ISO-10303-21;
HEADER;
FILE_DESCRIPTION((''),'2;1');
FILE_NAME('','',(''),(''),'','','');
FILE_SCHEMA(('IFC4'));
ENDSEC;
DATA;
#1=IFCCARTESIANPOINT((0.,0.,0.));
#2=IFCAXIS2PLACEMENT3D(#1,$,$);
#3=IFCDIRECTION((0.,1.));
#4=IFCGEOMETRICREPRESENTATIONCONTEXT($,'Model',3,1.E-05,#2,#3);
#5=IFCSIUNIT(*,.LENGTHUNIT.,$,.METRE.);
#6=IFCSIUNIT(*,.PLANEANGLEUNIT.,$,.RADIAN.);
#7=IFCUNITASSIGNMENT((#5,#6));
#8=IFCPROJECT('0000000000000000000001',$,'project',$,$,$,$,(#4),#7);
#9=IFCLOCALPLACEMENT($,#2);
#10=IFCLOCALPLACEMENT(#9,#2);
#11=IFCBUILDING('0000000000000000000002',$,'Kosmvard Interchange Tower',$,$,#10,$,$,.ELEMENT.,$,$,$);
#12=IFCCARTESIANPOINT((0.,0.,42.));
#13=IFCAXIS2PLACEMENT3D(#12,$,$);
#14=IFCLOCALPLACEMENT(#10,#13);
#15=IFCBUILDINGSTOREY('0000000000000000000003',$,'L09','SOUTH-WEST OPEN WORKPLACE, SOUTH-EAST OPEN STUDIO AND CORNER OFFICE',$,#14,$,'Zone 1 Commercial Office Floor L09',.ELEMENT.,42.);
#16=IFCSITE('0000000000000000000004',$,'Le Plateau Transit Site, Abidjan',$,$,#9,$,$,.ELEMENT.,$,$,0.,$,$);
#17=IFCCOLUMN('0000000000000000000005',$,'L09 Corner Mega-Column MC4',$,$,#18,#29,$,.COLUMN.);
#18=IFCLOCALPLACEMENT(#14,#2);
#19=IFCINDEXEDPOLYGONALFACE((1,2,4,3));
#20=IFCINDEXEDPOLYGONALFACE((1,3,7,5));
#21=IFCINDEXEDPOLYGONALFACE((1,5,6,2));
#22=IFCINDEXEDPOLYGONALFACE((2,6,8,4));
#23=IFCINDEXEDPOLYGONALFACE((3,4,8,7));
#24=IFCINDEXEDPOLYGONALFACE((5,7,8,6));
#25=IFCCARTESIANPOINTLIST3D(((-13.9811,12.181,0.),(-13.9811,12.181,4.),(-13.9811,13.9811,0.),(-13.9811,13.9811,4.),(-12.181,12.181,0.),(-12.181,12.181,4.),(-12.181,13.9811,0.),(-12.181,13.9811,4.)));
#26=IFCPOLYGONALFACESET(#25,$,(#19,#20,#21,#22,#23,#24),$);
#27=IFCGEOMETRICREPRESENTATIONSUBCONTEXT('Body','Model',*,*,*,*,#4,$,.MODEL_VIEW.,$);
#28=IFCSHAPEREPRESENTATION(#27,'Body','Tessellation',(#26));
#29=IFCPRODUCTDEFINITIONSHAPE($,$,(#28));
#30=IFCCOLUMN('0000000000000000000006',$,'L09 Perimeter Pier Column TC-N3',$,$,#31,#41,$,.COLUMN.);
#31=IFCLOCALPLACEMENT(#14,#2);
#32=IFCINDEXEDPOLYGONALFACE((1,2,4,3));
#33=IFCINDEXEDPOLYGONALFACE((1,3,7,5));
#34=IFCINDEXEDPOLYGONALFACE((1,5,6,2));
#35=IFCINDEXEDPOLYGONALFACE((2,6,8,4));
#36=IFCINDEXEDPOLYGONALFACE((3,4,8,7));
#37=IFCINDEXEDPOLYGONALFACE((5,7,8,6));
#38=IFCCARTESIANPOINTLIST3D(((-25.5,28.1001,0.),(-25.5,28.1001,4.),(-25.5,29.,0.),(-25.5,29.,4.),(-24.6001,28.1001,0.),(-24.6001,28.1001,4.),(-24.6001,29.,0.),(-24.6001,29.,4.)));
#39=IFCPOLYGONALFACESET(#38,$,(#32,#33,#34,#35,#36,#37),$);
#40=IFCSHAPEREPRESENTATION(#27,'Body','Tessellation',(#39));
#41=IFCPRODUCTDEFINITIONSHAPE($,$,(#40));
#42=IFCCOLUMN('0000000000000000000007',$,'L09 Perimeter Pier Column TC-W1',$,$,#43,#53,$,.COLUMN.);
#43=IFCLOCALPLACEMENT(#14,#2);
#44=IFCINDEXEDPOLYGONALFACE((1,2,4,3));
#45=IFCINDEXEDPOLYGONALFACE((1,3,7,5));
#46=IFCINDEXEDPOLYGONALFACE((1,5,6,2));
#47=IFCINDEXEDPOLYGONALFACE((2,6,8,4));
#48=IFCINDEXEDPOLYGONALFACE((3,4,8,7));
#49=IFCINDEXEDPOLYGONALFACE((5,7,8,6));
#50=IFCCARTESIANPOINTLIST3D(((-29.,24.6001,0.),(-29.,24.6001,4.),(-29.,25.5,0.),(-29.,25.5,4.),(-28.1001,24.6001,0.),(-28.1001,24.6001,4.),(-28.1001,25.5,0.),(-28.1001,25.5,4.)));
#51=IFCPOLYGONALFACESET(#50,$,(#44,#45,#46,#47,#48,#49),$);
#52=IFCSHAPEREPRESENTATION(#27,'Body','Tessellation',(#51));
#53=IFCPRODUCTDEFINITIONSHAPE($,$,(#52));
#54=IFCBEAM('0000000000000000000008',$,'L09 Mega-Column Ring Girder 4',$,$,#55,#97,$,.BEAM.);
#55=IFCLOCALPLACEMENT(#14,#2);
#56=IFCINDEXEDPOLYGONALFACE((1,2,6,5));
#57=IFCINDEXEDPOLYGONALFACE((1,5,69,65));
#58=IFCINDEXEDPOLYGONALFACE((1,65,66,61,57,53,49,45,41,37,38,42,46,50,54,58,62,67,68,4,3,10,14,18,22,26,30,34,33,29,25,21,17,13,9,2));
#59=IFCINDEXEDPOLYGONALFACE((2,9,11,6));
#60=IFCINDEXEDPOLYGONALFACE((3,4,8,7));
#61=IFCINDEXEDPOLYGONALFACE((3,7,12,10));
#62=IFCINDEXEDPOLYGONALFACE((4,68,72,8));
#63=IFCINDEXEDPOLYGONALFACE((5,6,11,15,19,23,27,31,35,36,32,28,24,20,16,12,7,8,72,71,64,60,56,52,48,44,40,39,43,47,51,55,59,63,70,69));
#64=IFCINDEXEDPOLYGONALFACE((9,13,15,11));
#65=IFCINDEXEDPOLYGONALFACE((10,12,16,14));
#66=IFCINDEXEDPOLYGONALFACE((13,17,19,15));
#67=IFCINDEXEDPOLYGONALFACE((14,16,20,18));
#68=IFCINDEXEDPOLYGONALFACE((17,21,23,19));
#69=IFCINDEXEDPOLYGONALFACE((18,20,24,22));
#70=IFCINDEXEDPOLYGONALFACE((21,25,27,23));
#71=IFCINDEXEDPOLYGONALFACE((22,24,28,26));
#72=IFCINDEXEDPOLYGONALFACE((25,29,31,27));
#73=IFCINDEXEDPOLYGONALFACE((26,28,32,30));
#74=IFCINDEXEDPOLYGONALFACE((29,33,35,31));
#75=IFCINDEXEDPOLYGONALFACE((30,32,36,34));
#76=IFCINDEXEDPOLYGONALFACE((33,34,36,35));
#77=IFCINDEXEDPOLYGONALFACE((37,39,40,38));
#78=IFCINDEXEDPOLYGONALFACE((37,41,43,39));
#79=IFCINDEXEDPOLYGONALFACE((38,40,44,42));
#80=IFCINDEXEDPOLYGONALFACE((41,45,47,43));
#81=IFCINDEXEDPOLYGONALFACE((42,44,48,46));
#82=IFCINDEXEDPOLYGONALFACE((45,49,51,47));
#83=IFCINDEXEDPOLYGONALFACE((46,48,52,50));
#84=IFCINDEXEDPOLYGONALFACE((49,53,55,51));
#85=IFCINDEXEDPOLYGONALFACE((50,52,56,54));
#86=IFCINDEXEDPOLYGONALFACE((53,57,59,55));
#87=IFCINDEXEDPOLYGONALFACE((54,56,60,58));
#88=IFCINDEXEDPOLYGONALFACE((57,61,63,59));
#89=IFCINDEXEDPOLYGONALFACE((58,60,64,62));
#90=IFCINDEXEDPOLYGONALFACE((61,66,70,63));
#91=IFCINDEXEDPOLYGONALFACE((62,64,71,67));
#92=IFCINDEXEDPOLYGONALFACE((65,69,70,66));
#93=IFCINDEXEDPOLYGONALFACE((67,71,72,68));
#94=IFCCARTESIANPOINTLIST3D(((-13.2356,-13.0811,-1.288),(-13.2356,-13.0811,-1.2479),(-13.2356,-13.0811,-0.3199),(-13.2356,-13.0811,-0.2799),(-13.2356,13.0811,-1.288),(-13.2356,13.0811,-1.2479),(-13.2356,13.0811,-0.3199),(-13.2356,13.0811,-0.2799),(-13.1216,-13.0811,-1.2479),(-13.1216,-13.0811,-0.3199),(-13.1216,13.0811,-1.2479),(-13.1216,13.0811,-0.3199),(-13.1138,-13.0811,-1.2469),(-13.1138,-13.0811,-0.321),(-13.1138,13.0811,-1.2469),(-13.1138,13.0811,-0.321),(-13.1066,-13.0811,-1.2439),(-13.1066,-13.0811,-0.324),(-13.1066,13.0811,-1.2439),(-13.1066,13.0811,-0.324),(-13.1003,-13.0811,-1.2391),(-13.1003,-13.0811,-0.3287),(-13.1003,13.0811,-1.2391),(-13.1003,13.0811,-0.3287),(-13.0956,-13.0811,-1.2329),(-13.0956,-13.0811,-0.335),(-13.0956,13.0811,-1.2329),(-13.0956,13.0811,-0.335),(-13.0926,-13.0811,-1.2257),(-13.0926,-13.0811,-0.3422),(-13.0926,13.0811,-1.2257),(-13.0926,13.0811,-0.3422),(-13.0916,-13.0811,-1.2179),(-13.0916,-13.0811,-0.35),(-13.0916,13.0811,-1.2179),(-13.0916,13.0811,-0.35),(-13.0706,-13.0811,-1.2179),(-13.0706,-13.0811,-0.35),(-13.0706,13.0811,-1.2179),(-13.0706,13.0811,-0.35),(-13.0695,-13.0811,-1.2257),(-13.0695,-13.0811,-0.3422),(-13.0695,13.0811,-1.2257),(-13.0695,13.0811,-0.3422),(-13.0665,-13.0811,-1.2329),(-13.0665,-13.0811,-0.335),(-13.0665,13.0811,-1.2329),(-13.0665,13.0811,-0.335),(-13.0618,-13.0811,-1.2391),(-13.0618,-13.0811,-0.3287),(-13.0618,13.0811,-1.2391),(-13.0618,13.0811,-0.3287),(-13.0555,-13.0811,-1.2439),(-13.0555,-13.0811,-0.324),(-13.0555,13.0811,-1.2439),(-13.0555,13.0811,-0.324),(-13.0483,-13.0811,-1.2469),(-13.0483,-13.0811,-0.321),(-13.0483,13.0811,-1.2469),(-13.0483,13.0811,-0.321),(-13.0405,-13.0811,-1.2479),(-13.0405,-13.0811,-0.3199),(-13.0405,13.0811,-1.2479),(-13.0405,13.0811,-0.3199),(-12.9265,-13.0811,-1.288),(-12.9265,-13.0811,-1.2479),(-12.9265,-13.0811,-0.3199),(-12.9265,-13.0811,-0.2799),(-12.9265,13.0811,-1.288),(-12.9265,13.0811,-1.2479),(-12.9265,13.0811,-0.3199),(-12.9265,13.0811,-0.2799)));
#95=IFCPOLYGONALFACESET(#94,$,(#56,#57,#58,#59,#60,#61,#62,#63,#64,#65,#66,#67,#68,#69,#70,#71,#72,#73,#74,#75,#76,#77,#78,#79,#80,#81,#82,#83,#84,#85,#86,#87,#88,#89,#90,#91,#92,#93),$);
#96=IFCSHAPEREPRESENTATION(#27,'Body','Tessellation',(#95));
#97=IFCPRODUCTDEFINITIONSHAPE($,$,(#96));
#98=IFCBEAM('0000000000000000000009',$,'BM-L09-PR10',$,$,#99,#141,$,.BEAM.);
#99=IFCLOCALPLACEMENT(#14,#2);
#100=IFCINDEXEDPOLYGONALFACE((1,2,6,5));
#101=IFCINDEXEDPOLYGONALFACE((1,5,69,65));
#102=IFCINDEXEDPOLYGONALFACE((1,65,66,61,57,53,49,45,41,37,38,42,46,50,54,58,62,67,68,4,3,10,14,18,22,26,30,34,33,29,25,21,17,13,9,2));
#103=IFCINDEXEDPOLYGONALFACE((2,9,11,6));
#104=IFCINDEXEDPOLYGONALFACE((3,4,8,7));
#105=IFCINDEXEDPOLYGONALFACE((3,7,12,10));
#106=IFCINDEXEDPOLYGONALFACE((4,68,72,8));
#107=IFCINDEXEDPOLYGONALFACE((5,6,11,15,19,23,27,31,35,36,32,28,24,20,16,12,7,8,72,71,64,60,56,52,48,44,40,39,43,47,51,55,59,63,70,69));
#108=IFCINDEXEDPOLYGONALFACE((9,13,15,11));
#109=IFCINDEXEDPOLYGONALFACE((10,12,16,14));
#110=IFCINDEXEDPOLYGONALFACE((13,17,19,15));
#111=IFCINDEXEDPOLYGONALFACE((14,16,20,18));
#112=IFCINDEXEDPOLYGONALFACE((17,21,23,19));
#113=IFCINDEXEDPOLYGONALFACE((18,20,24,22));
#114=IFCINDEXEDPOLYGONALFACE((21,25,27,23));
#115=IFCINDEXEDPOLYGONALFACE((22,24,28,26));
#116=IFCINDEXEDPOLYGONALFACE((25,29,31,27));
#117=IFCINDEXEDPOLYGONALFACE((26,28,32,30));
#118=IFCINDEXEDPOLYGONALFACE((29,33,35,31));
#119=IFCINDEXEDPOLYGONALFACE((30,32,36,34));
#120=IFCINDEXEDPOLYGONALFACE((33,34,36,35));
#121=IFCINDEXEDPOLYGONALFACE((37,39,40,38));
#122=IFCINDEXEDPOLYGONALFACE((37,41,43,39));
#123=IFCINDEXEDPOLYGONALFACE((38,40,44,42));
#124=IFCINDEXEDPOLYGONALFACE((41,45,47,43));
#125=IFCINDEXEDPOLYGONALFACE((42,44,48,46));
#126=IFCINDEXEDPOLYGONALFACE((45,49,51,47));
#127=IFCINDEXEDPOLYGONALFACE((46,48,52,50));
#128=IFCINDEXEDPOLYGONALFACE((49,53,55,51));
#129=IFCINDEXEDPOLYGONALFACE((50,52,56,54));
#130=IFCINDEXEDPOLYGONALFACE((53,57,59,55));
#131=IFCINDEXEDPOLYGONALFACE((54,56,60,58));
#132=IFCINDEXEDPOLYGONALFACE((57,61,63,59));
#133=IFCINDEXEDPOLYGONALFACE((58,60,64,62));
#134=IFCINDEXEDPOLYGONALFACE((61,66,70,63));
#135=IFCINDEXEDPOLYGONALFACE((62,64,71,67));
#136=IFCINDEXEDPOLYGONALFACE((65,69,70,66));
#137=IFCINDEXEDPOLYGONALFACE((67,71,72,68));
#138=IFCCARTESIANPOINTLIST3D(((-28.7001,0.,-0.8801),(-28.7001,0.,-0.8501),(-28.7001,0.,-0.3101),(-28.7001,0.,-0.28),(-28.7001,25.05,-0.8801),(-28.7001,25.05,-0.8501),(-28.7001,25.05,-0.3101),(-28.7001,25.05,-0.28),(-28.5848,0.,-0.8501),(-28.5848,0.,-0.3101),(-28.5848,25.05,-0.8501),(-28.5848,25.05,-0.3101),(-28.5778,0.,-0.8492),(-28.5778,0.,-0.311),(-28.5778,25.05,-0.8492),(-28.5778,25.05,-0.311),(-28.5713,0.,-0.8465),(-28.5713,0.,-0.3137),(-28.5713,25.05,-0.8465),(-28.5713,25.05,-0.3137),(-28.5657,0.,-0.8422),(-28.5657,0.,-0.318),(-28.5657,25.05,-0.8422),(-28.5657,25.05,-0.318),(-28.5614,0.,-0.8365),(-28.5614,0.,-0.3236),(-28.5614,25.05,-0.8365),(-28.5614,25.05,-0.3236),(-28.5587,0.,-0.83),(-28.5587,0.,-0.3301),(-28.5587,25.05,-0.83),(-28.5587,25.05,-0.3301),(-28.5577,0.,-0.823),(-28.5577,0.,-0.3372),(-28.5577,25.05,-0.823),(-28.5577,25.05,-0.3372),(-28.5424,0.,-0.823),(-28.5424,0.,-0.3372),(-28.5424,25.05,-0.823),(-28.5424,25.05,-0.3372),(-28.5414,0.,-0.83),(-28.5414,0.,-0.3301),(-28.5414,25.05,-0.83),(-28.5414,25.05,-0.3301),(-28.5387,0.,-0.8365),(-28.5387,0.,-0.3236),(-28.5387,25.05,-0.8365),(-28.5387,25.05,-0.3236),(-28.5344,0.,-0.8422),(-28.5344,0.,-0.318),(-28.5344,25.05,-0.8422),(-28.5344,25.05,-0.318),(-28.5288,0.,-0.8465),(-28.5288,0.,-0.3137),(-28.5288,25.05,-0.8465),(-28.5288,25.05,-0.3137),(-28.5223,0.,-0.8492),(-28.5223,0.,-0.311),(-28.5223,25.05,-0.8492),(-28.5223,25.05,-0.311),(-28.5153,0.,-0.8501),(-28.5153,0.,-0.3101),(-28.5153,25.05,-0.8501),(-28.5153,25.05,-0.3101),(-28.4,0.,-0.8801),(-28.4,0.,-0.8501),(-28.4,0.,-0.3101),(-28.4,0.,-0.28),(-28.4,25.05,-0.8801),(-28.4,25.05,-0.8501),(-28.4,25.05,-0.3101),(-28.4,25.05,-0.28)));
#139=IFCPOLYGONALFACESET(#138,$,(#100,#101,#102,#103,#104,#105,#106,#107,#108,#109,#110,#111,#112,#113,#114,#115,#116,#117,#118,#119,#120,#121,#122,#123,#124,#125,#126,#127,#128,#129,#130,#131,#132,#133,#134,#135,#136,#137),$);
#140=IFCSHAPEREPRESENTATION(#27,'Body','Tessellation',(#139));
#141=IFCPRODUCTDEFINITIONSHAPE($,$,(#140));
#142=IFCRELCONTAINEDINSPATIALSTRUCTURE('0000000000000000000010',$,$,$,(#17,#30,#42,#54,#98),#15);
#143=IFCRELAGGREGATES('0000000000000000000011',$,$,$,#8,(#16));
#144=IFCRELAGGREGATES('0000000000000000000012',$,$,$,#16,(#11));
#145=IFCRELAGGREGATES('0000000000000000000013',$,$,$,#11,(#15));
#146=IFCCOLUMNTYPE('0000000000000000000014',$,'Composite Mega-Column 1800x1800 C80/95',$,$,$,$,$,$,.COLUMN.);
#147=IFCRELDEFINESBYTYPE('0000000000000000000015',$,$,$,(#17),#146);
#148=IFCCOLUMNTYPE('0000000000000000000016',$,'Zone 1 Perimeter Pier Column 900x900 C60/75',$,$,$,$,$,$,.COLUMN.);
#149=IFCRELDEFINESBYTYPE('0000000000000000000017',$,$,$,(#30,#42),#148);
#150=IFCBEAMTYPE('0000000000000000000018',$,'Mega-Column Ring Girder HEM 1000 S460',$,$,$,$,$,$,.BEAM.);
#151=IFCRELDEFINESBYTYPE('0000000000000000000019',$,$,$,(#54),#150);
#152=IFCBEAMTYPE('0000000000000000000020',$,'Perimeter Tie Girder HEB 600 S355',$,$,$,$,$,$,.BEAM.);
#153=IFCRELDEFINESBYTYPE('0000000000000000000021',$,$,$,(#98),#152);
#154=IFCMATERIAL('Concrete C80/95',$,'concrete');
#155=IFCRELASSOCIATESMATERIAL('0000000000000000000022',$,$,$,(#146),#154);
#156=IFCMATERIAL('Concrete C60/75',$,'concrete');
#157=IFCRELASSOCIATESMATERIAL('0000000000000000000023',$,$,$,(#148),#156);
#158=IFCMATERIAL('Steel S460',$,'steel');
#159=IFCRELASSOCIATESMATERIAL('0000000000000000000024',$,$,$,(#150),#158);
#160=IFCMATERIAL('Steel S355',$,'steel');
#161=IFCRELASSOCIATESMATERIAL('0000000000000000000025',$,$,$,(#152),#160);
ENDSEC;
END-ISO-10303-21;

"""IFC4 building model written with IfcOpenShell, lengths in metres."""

from ifc_helpers import new_model, si_unit, direction, frame, origin, origin_2d, place, context, subcontext, project, spatial, rectangle, i_section, extrude, source, transform, mapped, material, material_profile, profile_set, type_object, element, save


model = new_model("IFC4")

# Units and contexts
model_context = context("Model", 3, precision=1e-05, world=origin(), true_north=direction((0.0, 1.0)))
body_context = subcontext(model_context, "Body", "Model", "MODEL_VIEW")
ifc_project = project(units=[si_unit("LENGTHUNIT", "METRE"), si_unit("PLANEANGLEUNIT", "RADIAN")], contexts=[model_context])

# Site, building, storey
site_placement = place(None, origin())
site = spatial("IfcSite", under=ifc_project, at=site_placement, Name="Le Plateau Transit Site, Abidjan", CompositionType="ELEMENT", RefElevation=0.0)
building_placement = place(site_placement, origin())
building = spatial("IfcBuilding", under=site, at=building_placement, Name="Kosmvard Interchange Tower", CompositionType="ELEMENT")
storey_placement = place(building_placement, frame((0.0, 0.0, 42.0)))
storey = spatial("IfcBuildingStorey", under=building, at=storey_placement, Name="L09", Description="SOUTH-WEST OPEN WORKPLACE, SOUTH-EAST OPEN STUDIO AND CORNER OFFICE", LongName="Zone 1 Commercial Office Floor L09", CompositionType="ELEMENT", Elevation=42.0)

# Columns
ifc_material_1 = material(Name="Concrete C80/95", Category="concrete")
ifc_material_profile_1 = material_profile(ifc_material_1, rectangle(XDim=1.8, YDim=1.8, at=origin_2d()), Name="MC 1800x1800")
ifc_profile_set_1 = profile_set([ifc_material_profile_1], Name="Concrete C80/95")
column_type_1 = type_object("IfcColumnType", Name="Composite Mega-Column 1800x1800 C80/95", PredefinedType="COLUMN", material=ifc_profile_set_1)
shared_shape_1 = source(origin(), body_context, "Body", "SweptSolid", [
    extrude(rectangle(XDim=1.8, YDim=1.8, at=origin_2d()), origin(), (0.0, 0.0, 1.0), 4.0),
])
column_placement = place(storey_placement, frame((-13.0811, 13.0811, 0.0), z_axis=(0.0, 0.0, 1.0), x_axis=(1.0, 0.0, 0.0)))
element("IfcColumn", 1, at=column_placement, inside=storey, type_object=column_type_1, Name="L09 Corner Mega-Column MC4", PredefinedType="COLUMN", context=body_context, shape_type="MappedRepresentation", body=[
    mapped(shared_shape_1, transform((0.0, 0.0, 0.0), scale=1.0)),
])
ifc_material_2 = material(Name="Concrete C60/75", Category="concrete")
ifc_material_profile_2 = material_profile(ifc_material_2, rectangle(XDim=0.8999, YDim=0.8999, at=origin_2d()), Name="TC 900x900")
ifc_profile_set_2 = profile_set([ifc_material_profile_2], Name="Concrete C60/75")
column_type_2 = type_object("IfcColumnType", Name="Zone 1 Perimeter Pier Column 900x900 C60/75", PredefinedType="COLUMN", material=ifc_profile_set_2)
shared_shape_2 = source(origin(), body_context, "Body", "SweptSolid", [
    extrude(rectangle(XDim=0.8999, YDim=0.8999, at=origin_2d()), origin(), (0.0, 0.0, 1.0), 4.0),
])
for number, where, z_axis, x_axis, name in (
    (2, (-25.05, 28.55, 0.0), (0.0, 0.0, 1.0), (1.0, 0.0, 0.0), "L09 Perimeter Pier Column TC-N3"),
    (3, (-28.55, 25.05, 0.0), (0.0, 0.0, 1.0), (1.0, 0.0, 0.0), "L09 Perimeter Pier Column TC-W1"),
):
    element("IfcColumn", number, at=place(storey_placement, frame(where, z_axis=z_axis, x_axis=x_axis)), inside=storey, type_object=column_type_2, Name=name, PredefinedType="COLUMN", context=body_context, shape_type="MappedRepresentation", body=[
        mapped(shared_shape_2, transform((0.0, 0.0, 0.0), scale=1.0)),
    ])

# Beams
ifc_material_3 = material(Name="Steel S460", Category="steel")
ifc_material_profile_3 = material_profile(ifc_material_3, i_section(OverallWidth=0.3091, OverallDepth=1.0081, WebThickness=0.021, FlangeThickness=0.04, FilletRadius=0.03, at=origin_2d()), Name="HEM 1000")
ifc_profile_set_3 = profile_set([ifc_material_profile_3], Name="Steel S460")
beam_type_1 = type_object("IfcBeamType", Name="Mega-Column Ring Girder HEM 1000 S460", PredefinedType="BEAM", material=ifc_profile_set_3)
shared_shape_3 = source(origin(), body_context, "Body", "SweptSolid", [
    extrude(i_section(OverallWidth=0.3091, OverallDepth=1.0081, WebThickness=0.021, FlangeThickness=0.04, FilletRadius=0.03, at=origin_2d()), origin(), (0.0, 0.0, 1.0), 26.1621),
])
beam_1_placement = place(storey_placement, frame((-13.0811, 13.0811, -0.7839), z_axis=(0.0, -1.0, 0.0), x_axis=(1.0, 0.0, 0.0)))
element("IfcBeam", 4, at=beam_1_placement, inside=storey, type_object=beam_type_1, Name="L09 Mega-Column Ring Girder 4", PredefinedType="BEAM", context=body_context, shape_type="MappedRepresentation", body=[
    mapped(shared_shape_3, transform((0.0, 0.0, 0.0), scale=1.0)),
])
ifc_material_4 = material(Name="Steel S355", Category="steel")
ifc_material_profile_4 = material_profile(ifc_material_4, i_section(OverallWidth=0.3, OverallDepth=0.6001, WebThickness=0.0154, FlangeThickness=0.03, FilletRadius=0.0271, at=origin_2d()), Name="HEB 600")
ifc_profile_set_4 = profile_set([ifc_material_profile_4], Name="Steel S355")
beam_type_2 = type_object("IfcBeamType", Name="Perimeter Tie Girder HEB 600 S355", PredefinedType="BEAM", material=ifc_profile_set_4)
shared_shape_4 = source(origin(), body_context, "Body", "SweptSolid", [
    extrude(i_section(OverallWidth=0.3, OverallDepth=0.6001, WebThickness=0.0154, FlangeThickness=0.03, FilletRadius=0.0271, at=origin_2d()), origin(), (0.0, 0.0, 1.0), 25.05),
])
beam_2_placement = place(storey_placement, frame((-28.55, 25.05, -0.5801), z_axis=(0.0, -1.0, 0.0), x_axis=(1.0, 0.0, 0.0)))
element("IfcBeam", 5, at=beam_2_placement, inside=storey, type_object=beam_type_2, Name="BM-L09-PR10", PredefinedType="BEAM", context=body_context, shape_type="MappedRepresentation", body=[
    mapped(shared_shape_4, transform((0.0, 0.0, 0.0), scale=1.0)),
])

save(model, "model.ifc")
